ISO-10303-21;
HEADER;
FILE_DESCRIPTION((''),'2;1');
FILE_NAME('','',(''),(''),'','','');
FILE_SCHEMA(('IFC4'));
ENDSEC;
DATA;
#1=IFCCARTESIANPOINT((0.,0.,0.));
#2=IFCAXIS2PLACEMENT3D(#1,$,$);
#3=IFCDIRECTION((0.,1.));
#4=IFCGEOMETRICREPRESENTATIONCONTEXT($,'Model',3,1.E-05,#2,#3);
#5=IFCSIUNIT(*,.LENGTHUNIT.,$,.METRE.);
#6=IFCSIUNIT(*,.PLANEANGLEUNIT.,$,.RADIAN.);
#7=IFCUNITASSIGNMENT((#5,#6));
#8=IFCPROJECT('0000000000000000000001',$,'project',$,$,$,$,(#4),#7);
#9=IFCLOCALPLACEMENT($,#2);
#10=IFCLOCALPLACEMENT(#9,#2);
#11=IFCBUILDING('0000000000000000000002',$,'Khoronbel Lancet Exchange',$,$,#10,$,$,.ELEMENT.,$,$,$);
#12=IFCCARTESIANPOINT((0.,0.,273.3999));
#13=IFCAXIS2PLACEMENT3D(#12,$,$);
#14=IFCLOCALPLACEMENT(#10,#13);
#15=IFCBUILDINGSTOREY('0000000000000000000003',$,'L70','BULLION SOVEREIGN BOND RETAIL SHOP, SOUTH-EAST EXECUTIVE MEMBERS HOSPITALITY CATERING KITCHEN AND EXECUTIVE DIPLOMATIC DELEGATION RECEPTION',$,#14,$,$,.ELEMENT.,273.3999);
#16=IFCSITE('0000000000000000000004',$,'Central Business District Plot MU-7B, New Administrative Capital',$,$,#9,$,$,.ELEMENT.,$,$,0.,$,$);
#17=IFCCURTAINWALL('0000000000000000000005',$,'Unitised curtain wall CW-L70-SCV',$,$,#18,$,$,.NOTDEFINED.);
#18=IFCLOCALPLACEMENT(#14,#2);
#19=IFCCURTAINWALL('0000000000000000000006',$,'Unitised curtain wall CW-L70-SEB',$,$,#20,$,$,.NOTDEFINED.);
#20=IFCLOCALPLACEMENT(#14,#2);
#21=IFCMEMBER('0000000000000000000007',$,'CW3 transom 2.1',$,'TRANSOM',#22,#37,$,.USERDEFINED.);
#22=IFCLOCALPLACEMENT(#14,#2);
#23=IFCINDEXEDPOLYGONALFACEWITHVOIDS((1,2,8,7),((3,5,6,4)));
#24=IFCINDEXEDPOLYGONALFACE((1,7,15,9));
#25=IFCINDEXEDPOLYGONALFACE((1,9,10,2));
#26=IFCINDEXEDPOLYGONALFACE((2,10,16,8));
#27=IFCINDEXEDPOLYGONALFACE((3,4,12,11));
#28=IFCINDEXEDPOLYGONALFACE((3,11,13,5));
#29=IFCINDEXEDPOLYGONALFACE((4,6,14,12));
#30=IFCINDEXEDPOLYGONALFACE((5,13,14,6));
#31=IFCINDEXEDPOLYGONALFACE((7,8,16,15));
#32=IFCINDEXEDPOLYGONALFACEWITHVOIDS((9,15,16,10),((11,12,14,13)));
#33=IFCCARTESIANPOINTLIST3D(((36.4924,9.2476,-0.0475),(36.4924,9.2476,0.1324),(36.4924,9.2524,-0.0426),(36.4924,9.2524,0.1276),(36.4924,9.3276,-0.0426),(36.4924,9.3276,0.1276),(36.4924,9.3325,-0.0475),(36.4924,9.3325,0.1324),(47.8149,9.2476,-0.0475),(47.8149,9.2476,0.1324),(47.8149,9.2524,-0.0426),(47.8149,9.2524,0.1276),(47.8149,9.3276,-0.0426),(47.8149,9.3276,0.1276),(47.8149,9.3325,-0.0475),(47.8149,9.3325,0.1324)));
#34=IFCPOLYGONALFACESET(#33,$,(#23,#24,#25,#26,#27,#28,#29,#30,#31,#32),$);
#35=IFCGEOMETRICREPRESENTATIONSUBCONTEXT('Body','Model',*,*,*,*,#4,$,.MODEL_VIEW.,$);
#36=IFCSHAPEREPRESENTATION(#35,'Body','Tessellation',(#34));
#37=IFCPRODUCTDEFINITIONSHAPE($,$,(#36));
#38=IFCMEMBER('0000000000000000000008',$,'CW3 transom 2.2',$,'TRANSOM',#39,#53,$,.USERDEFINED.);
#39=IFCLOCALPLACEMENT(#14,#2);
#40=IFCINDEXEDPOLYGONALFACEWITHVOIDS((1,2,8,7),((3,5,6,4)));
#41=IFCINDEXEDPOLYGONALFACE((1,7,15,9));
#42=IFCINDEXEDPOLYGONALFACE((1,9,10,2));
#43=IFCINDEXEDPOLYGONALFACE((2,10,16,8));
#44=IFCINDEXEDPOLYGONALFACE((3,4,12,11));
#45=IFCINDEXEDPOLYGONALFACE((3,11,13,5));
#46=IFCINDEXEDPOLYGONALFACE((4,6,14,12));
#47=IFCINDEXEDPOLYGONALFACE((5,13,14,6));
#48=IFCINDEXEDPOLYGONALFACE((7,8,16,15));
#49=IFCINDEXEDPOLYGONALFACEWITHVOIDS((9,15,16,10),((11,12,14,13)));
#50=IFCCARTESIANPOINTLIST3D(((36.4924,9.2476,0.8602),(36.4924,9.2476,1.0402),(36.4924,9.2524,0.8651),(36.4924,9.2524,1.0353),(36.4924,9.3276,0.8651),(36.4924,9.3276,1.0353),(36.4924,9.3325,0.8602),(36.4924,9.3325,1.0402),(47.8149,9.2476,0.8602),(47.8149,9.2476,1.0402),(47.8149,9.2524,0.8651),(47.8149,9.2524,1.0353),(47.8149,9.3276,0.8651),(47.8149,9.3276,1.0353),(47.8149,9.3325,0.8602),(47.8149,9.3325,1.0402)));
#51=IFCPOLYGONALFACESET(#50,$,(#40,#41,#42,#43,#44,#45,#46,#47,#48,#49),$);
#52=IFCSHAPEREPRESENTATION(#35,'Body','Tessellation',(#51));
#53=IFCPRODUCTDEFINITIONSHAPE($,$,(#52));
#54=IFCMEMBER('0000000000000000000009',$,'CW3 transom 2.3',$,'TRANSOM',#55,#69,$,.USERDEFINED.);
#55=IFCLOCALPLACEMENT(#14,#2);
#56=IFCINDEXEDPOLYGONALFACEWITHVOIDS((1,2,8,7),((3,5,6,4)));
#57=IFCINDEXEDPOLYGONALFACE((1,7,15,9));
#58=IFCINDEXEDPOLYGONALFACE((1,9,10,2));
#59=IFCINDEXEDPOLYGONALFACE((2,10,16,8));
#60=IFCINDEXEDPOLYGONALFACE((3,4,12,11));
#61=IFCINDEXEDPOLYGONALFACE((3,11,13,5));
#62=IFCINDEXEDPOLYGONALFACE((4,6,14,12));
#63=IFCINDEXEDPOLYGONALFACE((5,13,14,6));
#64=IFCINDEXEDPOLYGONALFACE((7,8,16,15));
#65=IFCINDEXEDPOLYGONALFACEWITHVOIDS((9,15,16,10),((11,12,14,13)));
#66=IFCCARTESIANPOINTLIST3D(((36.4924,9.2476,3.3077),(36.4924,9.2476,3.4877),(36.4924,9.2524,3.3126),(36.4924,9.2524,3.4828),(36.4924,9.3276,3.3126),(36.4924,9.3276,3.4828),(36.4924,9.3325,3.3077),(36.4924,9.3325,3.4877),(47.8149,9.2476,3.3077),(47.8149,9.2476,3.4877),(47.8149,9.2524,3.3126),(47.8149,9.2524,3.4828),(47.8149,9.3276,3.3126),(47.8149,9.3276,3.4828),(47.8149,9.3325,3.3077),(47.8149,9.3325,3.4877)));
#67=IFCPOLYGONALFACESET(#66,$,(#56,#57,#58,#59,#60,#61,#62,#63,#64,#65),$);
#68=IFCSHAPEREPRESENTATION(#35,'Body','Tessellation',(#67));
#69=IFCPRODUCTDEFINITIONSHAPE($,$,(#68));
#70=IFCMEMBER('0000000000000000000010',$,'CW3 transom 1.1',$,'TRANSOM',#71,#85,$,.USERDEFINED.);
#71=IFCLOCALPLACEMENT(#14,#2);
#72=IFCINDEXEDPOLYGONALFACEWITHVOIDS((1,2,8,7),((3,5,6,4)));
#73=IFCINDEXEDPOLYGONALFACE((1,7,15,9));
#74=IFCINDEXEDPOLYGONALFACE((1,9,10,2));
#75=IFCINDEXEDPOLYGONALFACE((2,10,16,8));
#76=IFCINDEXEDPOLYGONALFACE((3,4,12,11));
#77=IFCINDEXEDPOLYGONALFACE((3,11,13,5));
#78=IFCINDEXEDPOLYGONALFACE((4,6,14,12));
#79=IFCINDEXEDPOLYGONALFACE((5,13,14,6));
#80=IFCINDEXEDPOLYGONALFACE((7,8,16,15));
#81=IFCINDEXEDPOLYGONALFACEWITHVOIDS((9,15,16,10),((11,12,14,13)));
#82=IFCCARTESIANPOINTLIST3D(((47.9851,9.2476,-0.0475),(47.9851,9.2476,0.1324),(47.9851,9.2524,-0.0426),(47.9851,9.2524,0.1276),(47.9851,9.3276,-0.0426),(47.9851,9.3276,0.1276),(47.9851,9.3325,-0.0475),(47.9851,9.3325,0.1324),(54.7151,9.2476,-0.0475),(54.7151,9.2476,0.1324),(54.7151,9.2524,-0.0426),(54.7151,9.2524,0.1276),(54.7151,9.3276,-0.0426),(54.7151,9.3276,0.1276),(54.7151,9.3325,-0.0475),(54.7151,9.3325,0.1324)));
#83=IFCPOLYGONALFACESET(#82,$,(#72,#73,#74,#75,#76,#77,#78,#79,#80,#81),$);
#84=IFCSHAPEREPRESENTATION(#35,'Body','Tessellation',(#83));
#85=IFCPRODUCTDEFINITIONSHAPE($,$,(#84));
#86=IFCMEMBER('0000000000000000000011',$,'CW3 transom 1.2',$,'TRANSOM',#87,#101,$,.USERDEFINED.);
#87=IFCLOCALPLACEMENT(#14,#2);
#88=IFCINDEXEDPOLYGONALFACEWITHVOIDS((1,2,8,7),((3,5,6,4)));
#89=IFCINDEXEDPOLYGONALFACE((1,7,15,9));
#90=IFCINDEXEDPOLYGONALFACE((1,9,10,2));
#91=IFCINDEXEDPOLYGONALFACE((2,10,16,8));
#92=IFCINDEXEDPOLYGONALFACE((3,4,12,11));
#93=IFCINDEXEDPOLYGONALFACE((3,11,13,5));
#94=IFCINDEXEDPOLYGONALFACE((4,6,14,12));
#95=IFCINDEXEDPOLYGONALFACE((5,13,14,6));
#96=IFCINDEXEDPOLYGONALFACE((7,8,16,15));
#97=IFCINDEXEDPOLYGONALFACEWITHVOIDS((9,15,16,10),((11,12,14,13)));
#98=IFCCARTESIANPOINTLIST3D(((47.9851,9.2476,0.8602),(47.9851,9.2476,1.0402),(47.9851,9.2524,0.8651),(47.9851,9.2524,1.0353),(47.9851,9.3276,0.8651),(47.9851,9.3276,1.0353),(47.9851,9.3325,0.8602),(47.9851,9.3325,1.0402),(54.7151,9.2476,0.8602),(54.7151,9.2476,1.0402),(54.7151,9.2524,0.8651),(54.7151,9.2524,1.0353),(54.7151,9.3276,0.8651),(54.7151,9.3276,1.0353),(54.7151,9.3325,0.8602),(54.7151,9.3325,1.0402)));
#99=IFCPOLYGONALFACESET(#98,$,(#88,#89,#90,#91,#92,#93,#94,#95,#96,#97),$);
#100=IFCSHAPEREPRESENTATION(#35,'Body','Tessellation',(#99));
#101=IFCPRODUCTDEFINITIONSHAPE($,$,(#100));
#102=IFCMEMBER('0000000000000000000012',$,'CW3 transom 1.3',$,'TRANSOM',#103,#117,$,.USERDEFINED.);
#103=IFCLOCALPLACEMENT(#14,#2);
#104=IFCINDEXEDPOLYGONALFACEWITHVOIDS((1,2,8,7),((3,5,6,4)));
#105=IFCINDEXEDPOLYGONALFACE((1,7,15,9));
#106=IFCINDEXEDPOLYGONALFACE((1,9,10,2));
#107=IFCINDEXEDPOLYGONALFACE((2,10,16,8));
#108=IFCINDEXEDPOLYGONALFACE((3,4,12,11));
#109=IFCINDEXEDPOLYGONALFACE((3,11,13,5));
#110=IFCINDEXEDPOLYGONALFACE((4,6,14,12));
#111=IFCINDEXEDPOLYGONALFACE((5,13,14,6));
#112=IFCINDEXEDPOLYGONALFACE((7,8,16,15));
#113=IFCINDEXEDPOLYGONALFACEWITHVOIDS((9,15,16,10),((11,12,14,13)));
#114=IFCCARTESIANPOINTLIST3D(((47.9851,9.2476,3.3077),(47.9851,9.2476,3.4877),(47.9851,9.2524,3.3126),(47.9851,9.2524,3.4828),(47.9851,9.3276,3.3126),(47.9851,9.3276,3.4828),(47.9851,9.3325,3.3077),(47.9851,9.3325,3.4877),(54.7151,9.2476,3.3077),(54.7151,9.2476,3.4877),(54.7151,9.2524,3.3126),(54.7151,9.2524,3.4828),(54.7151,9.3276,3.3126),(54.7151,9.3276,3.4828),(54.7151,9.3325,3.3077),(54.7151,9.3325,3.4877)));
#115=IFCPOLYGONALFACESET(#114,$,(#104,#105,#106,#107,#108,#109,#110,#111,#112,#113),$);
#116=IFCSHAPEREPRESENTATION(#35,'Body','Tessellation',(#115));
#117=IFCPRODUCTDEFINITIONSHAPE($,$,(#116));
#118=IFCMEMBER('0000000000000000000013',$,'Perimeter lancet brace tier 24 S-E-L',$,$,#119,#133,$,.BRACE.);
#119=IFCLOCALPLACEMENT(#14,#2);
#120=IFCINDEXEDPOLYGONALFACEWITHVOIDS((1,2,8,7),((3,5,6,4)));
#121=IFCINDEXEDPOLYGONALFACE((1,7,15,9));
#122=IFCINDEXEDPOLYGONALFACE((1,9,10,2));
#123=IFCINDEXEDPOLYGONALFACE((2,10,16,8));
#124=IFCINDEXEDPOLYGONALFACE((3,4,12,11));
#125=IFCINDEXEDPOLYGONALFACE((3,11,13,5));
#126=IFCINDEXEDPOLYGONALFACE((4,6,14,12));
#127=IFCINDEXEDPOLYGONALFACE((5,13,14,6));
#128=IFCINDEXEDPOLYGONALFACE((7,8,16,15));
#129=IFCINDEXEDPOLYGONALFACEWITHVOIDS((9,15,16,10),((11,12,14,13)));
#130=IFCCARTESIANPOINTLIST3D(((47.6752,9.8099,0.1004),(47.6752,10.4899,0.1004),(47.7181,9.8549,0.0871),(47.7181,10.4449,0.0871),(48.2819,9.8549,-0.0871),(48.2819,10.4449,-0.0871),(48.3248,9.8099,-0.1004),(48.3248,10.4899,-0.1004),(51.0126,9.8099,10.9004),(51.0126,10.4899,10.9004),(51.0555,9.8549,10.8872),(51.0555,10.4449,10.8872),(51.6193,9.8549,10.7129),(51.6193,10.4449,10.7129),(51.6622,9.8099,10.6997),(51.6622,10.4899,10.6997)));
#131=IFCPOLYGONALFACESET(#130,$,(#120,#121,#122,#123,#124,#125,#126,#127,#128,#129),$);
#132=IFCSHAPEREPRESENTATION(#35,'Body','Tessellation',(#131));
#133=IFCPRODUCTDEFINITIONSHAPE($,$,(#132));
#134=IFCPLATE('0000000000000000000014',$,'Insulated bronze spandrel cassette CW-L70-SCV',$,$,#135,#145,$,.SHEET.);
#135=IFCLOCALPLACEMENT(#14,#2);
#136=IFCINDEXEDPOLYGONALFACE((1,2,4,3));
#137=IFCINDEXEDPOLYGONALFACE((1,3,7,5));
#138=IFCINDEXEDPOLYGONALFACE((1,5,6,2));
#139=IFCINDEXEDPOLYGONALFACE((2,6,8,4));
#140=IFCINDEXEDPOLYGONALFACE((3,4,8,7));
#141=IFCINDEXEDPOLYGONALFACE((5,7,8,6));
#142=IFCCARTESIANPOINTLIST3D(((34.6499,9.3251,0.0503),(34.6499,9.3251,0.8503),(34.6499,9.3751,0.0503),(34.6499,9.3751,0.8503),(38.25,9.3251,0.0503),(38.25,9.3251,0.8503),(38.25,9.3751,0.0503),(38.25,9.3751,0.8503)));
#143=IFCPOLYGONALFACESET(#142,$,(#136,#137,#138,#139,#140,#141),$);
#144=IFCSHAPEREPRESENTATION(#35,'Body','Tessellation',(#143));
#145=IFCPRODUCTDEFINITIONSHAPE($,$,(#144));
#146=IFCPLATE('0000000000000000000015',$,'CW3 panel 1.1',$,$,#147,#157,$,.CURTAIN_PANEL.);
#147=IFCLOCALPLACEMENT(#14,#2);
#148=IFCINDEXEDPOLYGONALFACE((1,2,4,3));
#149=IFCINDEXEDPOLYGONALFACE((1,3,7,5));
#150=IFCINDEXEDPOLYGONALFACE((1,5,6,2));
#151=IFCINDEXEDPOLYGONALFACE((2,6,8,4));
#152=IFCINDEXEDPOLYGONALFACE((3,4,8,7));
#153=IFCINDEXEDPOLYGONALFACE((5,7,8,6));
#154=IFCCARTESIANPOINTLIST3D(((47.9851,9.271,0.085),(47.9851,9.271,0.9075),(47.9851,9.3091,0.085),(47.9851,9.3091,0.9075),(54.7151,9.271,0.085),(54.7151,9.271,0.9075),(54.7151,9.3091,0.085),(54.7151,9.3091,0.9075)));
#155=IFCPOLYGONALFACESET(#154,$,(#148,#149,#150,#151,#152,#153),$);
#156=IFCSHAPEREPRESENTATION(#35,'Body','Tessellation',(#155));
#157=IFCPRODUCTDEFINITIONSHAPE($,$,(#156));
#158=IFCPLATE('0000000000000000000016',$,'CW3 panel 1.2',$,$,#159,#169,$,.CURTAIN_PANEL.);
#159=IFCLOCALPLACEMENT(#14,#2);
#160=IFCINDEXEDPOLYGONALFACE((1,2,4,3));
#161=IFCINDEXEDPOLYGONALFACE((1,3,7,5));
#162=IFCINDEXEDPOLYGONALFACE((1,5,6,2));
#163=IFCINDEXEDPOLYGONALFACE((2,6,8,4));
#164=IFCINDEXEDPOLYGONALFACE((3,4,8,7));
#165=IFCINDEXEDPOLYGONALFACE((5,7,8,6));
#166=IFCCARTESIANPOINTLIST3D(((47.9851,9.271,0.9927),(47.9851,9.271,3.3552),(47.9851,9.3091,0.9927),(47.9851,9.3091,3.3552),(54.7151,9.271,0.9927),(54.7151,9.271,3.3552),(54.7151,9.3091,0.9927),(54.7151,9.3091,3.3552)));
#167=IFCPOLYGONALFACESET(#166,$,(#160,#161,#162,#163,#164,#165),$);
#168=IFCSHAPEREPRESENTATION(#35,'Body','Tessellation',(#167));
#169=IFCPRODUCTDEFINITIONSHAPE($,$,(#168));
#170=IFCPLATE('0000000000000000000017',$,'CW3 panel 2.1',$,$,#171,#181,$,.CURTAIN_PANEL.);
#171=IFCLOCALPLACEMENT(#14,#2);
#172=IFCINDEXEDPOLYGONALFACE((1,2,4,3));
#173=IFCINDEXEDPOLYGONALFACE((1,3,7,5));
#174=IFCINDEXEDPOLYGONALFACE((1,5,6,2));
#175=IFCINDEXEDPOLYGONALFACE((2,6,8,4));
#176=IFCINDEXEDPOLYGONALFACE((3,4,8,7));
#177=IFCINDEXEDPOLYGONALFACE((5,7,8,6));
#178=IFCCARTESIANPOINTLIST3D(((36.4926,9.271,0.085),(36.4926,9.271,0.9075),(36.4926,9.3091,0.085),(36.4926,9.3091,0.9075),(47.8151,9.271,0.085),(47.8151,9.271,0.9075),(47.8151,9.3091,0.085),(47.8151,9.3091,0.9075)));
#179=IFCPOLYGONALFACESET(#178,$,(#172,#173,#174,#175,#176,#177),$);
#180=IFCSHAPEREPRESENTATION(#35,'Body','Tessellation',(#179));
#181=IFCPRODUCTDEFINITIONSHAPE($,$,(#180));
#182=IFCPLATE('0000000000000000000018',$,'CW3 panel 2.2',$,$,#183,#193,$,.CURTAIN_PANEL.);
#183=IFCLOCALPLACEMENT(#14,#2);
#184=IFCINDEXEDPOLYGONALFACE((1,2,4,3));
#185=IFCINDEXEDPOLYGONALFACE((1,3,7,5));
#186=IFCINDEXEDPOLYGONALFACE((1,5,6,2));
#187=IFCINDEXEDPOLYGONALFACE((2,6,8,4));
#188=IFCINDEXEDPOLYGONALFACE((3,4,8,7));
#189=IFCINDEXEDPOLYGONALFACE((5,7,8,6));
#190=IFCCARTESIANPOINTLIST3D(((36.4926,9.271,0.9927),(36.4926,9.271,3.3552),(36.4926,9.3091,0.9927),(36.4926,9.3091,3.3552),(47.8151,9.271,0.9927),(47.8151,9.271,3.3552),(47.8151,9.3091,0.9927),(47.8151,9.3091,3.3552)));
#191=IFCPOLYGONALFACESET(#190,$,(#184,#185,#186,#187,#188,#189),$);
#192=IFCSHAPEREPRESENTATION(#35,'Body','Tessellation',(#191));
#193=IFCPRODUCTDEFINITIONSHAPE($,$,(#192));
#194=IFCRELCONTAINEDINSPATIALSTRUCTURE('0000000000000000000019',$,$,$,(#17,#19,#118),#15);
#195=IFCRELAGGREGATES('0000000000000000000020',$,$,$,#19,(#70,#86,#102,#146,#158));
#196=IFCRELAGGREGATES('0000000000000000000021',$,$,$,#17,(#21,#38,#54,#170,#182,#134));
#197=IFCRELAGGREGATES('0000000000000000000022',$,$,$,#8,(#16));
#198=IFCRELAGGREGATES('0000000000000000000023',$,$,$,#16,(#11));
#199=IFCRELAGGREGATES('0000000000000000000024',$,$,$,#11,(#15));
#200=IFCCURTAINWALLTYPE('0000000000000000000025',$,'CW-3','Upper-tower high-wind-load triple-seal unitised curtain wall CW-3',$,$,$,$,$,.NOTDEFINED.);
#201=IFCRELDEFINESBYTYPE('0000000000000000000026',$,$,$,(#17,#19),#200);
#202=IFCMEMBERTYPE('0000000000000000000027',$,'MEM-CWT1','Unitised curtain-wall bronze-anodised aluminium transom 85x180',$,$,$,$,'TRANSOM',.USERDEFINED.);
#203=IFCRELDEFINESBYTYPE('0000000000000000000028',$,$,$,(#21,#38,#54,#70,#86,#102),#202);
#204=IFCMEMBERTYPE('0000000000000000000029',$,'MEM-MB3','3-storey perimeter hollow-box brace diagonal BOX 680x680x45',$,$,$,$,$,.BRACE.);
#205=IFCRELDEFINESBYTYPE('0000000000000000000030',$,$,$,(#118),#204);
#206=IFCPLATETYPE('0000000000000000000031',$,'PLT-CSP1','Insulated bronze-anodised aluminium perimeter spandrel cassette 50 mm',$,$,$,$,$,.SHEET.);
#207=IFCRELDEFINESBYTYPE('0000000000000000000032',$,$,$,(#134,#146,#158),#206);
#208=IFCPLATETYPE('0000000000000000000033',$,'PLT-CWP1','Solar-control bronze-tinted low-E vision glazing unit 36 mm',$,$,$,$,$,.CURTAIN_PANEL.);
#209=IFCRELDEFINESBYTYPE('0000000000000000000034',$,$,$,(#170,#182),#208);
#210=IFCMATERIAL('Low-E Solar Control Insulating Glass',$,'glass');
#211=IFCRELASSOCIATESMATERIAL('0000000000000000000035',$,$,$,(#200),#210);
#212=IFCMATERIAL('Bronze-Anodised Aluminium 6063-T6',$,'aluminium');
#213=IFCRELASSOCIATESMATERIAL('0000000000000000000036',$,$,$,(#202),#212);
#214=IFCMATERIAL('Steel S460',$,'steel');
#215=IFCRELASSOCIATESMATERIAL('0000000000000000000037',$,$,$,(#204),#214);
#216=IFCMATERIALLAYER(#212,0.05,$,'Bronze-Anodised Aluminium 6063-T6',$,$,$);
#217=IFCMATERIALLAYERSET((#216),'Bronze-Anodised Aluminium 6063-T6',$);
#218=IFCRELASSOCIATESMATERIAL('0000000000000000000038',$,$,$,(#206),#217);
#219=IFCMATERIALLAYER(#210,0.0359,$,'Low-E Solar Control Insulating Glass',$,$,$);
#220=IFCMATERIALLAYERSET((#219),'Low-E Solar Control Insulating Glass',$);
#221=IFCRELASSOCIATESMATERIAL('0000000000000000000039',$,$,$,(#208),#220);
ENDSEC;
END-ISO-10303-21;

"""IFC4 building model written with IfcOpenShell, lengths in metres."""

from ifc_helpers import new_model, si_unit, direction, frame, origin, origin_2d, place, context, subcontext, project, spatial, rectangle, hollow_rectangle, extrude, material, layer, layer_set, material_profile, profile_set, type_object, element, aggregate, save


model = new_model("IFC4")

# Units and contexts
model_context = context("Model", 3, precision=1e-05, world=origin(), true_north=direction((0.0, 1.0)))
body_context = subcontext(model_context, "Body", "Model", "MODEL_VIEW")
ifc_project = project(units=[si_unit("LENGTHUNIT", "METRE"), si_unit("PLANEANGLEUNIT", "RADIAN")], contexts=[model_context])

# Site, building, storey
site_placement = place(None, origin())
site = spatial("IfcSite", under=ifc_project, at=site_placement, Name="Central Business District Plot MU-7B, New Administrative Capital", CompositionType="ELEMENT", RefElevation=0.0)
building_placement = place(site_placement, origin())
building = spatial("IfcBuilding", under=site, at=building_placement, Name="Khoronbel Lancet Exchange", CompositionType="ELEMENT")
storey_placement = place(building_placement, frame((0.0, 0.0, 273.3999)))
storey = spatial("IfcBuildingStorey", under=building, at=storey_placement, Name="L70", Description="BULLION SOVEREIGN BOND RETAIL SHOP, SOUTH-EAST EXECUTIVE MEMBERS HOSPITALITY CATERING KITCHEN AND EXECUTIVE DIPLOMATIC DELEGATION RECEPTION", CompositionType="ELEMENT", Elevation=273.3999)

# Shared definitions
ifc_material_1 = material(Name="Steel S460", Category="steel")

# Curtain wall
ifc_material_2 = material(Name="Low-E Solar Control Insulating Glass", Category="glass")
curtain_wall_type = type_object("IfcCurtainWallType", Name="CW-3", Description="Upper-tower high-wind-load triple-seal unitised curtain wall CW-3", PredefinedType="NOTDEFINED", material=ifc_material_2)
curtain_wall_1_placement = place(storey_placement, origin())
curtain_wall_1 = element("IfcCurtainWall", 1, at=curtain_wall_1_placement, inside=storey, type_object=curtain_wall_type, Name="Unitised curtain wall CW-L70-SCV", PredefinedType="NOTDEFINED")
ifc_material_3 = material(Name="Bronze-Anodised Aluminium 6063-T6", Category="aluminium")

# Curtain wall
curtain_wall_2_placement = place(storey_placement, origin())
curtain_wall_2 = element("IfcCurtainWall", 2, at=curtain_wall_2_placement, inside=storey, type_object=curtain_wall_type, Name="Unitised curtain wall CW-L70-SEB", PredefinedType="NOTDEFINED")

# Members
ifc_material_profile_1 = material_profile(ifc_material_3, hollow_rectangle(XDim=0.085, YDim=0.1799, WallThickness=0.0049, at=origin_2d()), Name="ALU TRANSOM 85x180")
ifc_profile_set_1 = profile_set([ifc_material_profile_1], Name="Bronze-Anodised Aluminium 6063-T6")
member_type_1 = type_object("IfcMemberType", Name="MEM-CWT1", Description="Unitised curtain-wall bronze-anodised aluminium transom 85x180", ElementType="TRANSOM", PredefinedType="USERDEFINED", material=ifc_profile_set_1)
member_1_placement = place(storey_placement, frame((36.4924, 9.29, 0.0425), z_axis=(1.0, 0.0, 0.0), x_axis=(0.0, 1.0, 0.0)))
member_1 = element("IfcMember", 3, at=member_1_placement, type_object=member_type_1, Name="CW3 transom 2.1", ObjectType="TRANSOM", PredefinedType="USERDEFINED", context=body_context, shape_type="SweptSolid", body=[
    extrude(hollow_rectangle(XDim=0.085, YDim=0.1799, WallThickness=0.0049, at=origin_2d()), origin(), (0.0, 0.0, 1.0), 11.3225),
])
member_2_placement = place(storey_placement, frame((36.4924, 9.29, 0.9502), z_axis=(1.0, 0.0, 0.0), x_axis=(0.0, 1.0, 0.0)))
member_2 = element("IfcMember", 4, at=member_2_placement, type_object=member_type_1, Name="CW3 transom 2.2", ObjectType="TRANSOM", PredefinedType="USERDEFINED", context=body_context, shape_type="SweptSolid", body=[
    extrude(hollow_rectangle(XDim=0.085, YDim=0.1799, WallThickness=0.0049, at=origin_2d()), origin(), (0.0, 0.0, 1.0), 11.3225),
])
member_3_placement = place(storey_placement, frame((36.4924, 9.29, 3.3977), z_axis=(1.0, 0.0, 0.0), x_axis=(0.0, 1.0, 0.0)))
member_3 = element("IfcMember", 5, at=member_3_placement, type_object=member_type_1, Name="CW3 transom 2.3", ObjectType="TRANSOM", PredefinedType="USERDEFINED", context=body_context, shape_type="SweptSolid", body=[
    extrude(hollow_rectangle(XDim=0.085, YDim=0.1799, WallThickness=0.0049, at=origin_2d()), origin(), (0.0, 0.0, 1.0), 11.3225),
])
member_4_placement = place(storey_placement, frame((47.9851, 9.29, 0.0425), z_axis=(1.0, 0.0, 0.0), x_axis=(0.0, 1.0, 0.0)))
member_4 = element("IfcMember", 6, at=member_4_placement, type_object=member_type_1, Name="CW3 transom 1.1", ObjectType="TRANSOM", PredefinedType="USERDEFINED", context=body_context, shape_type="SweptSolid", body=[
    extrude(hollow_rectangle(XDim=0.085, YDim=0.1799, WallThickness=0.0049, at=origin_2d()), origin(), (0.0, 0.0, 1.0), 6.73),
])
member_5_placement = place(storey_placement, frame((47.9851, 9.29, 0.9502), z_axis=(1.0, 0.0, 0.0), x_axis=(0.0, 1.0, 0.0)))
member_5 = element("IfcMember", 7, at=member_5_placement, type_object=member_type_1, Name="CW3 transom 1.2", ObjectType="TRANSOM", PredefinedType="USERDEFINED", context=body_context, shape_type="SweptSolid", body=[
    extrude(hollow_rectangle(XDim=0.085, YDim=0.1799, WallThickness=0.0049, at=origin_2d()), origin(), (0.0, 0.0, 1.0), 6.73),
])
member_6_placement = place(storey_placement, frame((47.9851, 9.29, 3.3977), z_axis=(1.0, 0.0, 0.0), x_axis=(0.0, 1.0, 0.0)))
member_6 = element("IfcMember", 8, at=member_6_placement, type_object=member_type_1, Name="CW3 transom 1.3", ObjectType="TRANSOM", PredefinedType="USERDEFINED", context=body_context, shape_type="SweptSolid", body=[
    extrude(hollow_rectangle(XDim=0.085, YDim=0.1799, WallThickness=0.0049, at=origin_2d()), origin(), (0.0, 0.0, 1.0), 6.73),
])
ifc_material_profile_2 = material_profile(ifc_material_1, hollow_rectangle(XDim=0.6799, YDim=0.6799, WallThickness=0.0449, at=origin_2d()), Name="BOX 680x680x45")
ifc_profile_set_2 = profile_set([ifc_material_profile_2], Name="Steel S460")
member_type_2 = type_object("IfcMemberType", Name="MEM-MB3", Description="3-storey perimeter hollow-box brace diagonal BOX 680x680x45", PredefinedType="BRACE", material=ifc_profile_set_2)
member_7_placement = place(storey_placement, frame((48.0, 10.1499, 0.0), z_axis=(0.295242, 0.0, 0.955422), x_axis=(0.0, 1.0, 0.0)))
element("IfcMember", 9, at=member_7_placement, inside=storey, type_object=member_type_2, Name="Perimeter lancet brace tier 24 S-E-L", PredefinedType="BRACE", context=body_context, shape_type="SweptSolid", body=[
    extrude(hollow_rectangle(XDim=0.6799, YDim=0.6799, WallThickness=0.0449, at=origin_2d()), origin(), (0.0, 0.0, 1.0), 11.304),
])

# Plates
ifc_layer_1 = layer(ifc_material_3, 0.05, Name="Bronze-Anodised Aluminium 6063-T6")
ifc_layer_set_1 = layer_set([ifc_layer_1], Name="Bronze-Anodised Aluminium 6063-T6")
plate_type_1 = type_object("IfcPlateType", Name="PLT-CSP1", Description="Insulated bronze-anodised aluminium perimeter spandrel cassette 50 mm", PredefinedType="SHEET", material=ifc_layer_set_1)
plate_1_placement = place(storey_placement, frame((36.45, 9.3501, 0.0503), z_axis=(0.0, 0.0, 1.0), x_axis=(1.0, 0.0, 0.0)))
plate_1 = element("IfcPlate", 10, at=plate_1_placement, type_object=plate_type_1, Name="Insulated bronze spandrel cassette CW-L70-SCV", PredefinedType="SHEET", context=body_context, shape_type="SweptSolid", body=[
    extrude(rectangle(XDim=3.6001, YDim=0.05, at=origin_2d()), origin(), (0.0, 0.0, 1.0), 0.8),
])
plate_2_placement = place(storey_placement, frame((51.3501, 9.29, 0.085), z_axis=(0.0, 0.0, 1.0), x_axis=(1.0, 0.0, 0.0)))
plate_2 = element("IfcPlate", 11, at=plate_2_placement, type_object=plate_type_1, Name="CW3 panel 1.1", PredefinedType="CURTAIN_PANEL", context=body_context, shape_type="SweptSolid", body=[
    extrude(rectangle(XDim=6.73, YDim=0.0381, at=origin_2d()), origin(), (0.0, 0.0, 1.0), 0.8225),
])
plate_3_placement = place(storey_placement, frame((51.3501, 9.29, 0.9927), z_axis=(0.0, 0.0, 1.0), x_axis=(1.0, 0.0, 0.0)))
plate_3 = element("IfcPlate", 12, at=plate_3_placement, type_object=plate_type_1, Name="CW3 panel 1.2", PredefinedType="CURTAIN_PANEL", context=body_context, shape_type="SweptSolid", body=[
    extrude(rectangle(XDim=6.73, YDim=0.0381, at=origin_2d()), origin(), (0.0, 0.0, 1.0), 2.3625),
])
aggregate(curtain_wall_2, [member_4, member_5, member_6, plate_2, plate_3])
ifc_layer_2 = layer(ifc_material_2, 0.0359, Name="Low-E Solar Control Insulating Glass")
ifc_layer_set_2 = layer_set([ifc_layer_2], Name="Low-E Solar Control Insulating Glass")
plate_type_2 = type_object("IfcPlateType", Name="PLT-CWP1", Description="Solar-control bronze-tinted low-E vision glazing unit 36 mm", PredefinedType="CURTAIN_PANEL", material=ifc_layer_set_2)
plate_4_placement = place(storey_placement, frame((42.1538, 9.29, 0.085), z_axis=(0.0, 0.0, 1.0), x_axis=(1.0, 0.0, 0.0)))
plate_4 = element("IfcPlate", 13, at=plate_4_placement, type_object=plate_type_2, Name="CW3 panel 2.1", PredefinedType="CURTAIN_PANEL", context=body_context, shape_type="SweptSolid", body=[
    extrude(rectangle(XDim=11.3225, YDim=0.0381, at=origin_2d()), origin(), (0.0, 0.0, 1.0), 0.8225),
])
plate_5_placement = place(storey_placement, frame((42.1538, 9.29, 0.9927), z_axis=(0.0, 0.0, 1.0), x_axis=(1.0, 0.0, 0.0)))
plate_5 = element("IfcPlate", 14, at=plate_5_placement, type_object=plate_type_2, Name="CW3 panel 2.2", PredefinedType="CURTAIN_PANEL", context=body_context, shape_type="SweptSolid", body=[
    extrude(rectangle(XDim=11.3225, YDim=0.0381, at=origin_2d()), origin(), (0.0, 0.0, 1.0), 2.3625),
])
aggregate(curtain_wall_1, [member_1, member_2, member_3, plate_4, plate_5, plate_1])

save(model, "model.ifc")
